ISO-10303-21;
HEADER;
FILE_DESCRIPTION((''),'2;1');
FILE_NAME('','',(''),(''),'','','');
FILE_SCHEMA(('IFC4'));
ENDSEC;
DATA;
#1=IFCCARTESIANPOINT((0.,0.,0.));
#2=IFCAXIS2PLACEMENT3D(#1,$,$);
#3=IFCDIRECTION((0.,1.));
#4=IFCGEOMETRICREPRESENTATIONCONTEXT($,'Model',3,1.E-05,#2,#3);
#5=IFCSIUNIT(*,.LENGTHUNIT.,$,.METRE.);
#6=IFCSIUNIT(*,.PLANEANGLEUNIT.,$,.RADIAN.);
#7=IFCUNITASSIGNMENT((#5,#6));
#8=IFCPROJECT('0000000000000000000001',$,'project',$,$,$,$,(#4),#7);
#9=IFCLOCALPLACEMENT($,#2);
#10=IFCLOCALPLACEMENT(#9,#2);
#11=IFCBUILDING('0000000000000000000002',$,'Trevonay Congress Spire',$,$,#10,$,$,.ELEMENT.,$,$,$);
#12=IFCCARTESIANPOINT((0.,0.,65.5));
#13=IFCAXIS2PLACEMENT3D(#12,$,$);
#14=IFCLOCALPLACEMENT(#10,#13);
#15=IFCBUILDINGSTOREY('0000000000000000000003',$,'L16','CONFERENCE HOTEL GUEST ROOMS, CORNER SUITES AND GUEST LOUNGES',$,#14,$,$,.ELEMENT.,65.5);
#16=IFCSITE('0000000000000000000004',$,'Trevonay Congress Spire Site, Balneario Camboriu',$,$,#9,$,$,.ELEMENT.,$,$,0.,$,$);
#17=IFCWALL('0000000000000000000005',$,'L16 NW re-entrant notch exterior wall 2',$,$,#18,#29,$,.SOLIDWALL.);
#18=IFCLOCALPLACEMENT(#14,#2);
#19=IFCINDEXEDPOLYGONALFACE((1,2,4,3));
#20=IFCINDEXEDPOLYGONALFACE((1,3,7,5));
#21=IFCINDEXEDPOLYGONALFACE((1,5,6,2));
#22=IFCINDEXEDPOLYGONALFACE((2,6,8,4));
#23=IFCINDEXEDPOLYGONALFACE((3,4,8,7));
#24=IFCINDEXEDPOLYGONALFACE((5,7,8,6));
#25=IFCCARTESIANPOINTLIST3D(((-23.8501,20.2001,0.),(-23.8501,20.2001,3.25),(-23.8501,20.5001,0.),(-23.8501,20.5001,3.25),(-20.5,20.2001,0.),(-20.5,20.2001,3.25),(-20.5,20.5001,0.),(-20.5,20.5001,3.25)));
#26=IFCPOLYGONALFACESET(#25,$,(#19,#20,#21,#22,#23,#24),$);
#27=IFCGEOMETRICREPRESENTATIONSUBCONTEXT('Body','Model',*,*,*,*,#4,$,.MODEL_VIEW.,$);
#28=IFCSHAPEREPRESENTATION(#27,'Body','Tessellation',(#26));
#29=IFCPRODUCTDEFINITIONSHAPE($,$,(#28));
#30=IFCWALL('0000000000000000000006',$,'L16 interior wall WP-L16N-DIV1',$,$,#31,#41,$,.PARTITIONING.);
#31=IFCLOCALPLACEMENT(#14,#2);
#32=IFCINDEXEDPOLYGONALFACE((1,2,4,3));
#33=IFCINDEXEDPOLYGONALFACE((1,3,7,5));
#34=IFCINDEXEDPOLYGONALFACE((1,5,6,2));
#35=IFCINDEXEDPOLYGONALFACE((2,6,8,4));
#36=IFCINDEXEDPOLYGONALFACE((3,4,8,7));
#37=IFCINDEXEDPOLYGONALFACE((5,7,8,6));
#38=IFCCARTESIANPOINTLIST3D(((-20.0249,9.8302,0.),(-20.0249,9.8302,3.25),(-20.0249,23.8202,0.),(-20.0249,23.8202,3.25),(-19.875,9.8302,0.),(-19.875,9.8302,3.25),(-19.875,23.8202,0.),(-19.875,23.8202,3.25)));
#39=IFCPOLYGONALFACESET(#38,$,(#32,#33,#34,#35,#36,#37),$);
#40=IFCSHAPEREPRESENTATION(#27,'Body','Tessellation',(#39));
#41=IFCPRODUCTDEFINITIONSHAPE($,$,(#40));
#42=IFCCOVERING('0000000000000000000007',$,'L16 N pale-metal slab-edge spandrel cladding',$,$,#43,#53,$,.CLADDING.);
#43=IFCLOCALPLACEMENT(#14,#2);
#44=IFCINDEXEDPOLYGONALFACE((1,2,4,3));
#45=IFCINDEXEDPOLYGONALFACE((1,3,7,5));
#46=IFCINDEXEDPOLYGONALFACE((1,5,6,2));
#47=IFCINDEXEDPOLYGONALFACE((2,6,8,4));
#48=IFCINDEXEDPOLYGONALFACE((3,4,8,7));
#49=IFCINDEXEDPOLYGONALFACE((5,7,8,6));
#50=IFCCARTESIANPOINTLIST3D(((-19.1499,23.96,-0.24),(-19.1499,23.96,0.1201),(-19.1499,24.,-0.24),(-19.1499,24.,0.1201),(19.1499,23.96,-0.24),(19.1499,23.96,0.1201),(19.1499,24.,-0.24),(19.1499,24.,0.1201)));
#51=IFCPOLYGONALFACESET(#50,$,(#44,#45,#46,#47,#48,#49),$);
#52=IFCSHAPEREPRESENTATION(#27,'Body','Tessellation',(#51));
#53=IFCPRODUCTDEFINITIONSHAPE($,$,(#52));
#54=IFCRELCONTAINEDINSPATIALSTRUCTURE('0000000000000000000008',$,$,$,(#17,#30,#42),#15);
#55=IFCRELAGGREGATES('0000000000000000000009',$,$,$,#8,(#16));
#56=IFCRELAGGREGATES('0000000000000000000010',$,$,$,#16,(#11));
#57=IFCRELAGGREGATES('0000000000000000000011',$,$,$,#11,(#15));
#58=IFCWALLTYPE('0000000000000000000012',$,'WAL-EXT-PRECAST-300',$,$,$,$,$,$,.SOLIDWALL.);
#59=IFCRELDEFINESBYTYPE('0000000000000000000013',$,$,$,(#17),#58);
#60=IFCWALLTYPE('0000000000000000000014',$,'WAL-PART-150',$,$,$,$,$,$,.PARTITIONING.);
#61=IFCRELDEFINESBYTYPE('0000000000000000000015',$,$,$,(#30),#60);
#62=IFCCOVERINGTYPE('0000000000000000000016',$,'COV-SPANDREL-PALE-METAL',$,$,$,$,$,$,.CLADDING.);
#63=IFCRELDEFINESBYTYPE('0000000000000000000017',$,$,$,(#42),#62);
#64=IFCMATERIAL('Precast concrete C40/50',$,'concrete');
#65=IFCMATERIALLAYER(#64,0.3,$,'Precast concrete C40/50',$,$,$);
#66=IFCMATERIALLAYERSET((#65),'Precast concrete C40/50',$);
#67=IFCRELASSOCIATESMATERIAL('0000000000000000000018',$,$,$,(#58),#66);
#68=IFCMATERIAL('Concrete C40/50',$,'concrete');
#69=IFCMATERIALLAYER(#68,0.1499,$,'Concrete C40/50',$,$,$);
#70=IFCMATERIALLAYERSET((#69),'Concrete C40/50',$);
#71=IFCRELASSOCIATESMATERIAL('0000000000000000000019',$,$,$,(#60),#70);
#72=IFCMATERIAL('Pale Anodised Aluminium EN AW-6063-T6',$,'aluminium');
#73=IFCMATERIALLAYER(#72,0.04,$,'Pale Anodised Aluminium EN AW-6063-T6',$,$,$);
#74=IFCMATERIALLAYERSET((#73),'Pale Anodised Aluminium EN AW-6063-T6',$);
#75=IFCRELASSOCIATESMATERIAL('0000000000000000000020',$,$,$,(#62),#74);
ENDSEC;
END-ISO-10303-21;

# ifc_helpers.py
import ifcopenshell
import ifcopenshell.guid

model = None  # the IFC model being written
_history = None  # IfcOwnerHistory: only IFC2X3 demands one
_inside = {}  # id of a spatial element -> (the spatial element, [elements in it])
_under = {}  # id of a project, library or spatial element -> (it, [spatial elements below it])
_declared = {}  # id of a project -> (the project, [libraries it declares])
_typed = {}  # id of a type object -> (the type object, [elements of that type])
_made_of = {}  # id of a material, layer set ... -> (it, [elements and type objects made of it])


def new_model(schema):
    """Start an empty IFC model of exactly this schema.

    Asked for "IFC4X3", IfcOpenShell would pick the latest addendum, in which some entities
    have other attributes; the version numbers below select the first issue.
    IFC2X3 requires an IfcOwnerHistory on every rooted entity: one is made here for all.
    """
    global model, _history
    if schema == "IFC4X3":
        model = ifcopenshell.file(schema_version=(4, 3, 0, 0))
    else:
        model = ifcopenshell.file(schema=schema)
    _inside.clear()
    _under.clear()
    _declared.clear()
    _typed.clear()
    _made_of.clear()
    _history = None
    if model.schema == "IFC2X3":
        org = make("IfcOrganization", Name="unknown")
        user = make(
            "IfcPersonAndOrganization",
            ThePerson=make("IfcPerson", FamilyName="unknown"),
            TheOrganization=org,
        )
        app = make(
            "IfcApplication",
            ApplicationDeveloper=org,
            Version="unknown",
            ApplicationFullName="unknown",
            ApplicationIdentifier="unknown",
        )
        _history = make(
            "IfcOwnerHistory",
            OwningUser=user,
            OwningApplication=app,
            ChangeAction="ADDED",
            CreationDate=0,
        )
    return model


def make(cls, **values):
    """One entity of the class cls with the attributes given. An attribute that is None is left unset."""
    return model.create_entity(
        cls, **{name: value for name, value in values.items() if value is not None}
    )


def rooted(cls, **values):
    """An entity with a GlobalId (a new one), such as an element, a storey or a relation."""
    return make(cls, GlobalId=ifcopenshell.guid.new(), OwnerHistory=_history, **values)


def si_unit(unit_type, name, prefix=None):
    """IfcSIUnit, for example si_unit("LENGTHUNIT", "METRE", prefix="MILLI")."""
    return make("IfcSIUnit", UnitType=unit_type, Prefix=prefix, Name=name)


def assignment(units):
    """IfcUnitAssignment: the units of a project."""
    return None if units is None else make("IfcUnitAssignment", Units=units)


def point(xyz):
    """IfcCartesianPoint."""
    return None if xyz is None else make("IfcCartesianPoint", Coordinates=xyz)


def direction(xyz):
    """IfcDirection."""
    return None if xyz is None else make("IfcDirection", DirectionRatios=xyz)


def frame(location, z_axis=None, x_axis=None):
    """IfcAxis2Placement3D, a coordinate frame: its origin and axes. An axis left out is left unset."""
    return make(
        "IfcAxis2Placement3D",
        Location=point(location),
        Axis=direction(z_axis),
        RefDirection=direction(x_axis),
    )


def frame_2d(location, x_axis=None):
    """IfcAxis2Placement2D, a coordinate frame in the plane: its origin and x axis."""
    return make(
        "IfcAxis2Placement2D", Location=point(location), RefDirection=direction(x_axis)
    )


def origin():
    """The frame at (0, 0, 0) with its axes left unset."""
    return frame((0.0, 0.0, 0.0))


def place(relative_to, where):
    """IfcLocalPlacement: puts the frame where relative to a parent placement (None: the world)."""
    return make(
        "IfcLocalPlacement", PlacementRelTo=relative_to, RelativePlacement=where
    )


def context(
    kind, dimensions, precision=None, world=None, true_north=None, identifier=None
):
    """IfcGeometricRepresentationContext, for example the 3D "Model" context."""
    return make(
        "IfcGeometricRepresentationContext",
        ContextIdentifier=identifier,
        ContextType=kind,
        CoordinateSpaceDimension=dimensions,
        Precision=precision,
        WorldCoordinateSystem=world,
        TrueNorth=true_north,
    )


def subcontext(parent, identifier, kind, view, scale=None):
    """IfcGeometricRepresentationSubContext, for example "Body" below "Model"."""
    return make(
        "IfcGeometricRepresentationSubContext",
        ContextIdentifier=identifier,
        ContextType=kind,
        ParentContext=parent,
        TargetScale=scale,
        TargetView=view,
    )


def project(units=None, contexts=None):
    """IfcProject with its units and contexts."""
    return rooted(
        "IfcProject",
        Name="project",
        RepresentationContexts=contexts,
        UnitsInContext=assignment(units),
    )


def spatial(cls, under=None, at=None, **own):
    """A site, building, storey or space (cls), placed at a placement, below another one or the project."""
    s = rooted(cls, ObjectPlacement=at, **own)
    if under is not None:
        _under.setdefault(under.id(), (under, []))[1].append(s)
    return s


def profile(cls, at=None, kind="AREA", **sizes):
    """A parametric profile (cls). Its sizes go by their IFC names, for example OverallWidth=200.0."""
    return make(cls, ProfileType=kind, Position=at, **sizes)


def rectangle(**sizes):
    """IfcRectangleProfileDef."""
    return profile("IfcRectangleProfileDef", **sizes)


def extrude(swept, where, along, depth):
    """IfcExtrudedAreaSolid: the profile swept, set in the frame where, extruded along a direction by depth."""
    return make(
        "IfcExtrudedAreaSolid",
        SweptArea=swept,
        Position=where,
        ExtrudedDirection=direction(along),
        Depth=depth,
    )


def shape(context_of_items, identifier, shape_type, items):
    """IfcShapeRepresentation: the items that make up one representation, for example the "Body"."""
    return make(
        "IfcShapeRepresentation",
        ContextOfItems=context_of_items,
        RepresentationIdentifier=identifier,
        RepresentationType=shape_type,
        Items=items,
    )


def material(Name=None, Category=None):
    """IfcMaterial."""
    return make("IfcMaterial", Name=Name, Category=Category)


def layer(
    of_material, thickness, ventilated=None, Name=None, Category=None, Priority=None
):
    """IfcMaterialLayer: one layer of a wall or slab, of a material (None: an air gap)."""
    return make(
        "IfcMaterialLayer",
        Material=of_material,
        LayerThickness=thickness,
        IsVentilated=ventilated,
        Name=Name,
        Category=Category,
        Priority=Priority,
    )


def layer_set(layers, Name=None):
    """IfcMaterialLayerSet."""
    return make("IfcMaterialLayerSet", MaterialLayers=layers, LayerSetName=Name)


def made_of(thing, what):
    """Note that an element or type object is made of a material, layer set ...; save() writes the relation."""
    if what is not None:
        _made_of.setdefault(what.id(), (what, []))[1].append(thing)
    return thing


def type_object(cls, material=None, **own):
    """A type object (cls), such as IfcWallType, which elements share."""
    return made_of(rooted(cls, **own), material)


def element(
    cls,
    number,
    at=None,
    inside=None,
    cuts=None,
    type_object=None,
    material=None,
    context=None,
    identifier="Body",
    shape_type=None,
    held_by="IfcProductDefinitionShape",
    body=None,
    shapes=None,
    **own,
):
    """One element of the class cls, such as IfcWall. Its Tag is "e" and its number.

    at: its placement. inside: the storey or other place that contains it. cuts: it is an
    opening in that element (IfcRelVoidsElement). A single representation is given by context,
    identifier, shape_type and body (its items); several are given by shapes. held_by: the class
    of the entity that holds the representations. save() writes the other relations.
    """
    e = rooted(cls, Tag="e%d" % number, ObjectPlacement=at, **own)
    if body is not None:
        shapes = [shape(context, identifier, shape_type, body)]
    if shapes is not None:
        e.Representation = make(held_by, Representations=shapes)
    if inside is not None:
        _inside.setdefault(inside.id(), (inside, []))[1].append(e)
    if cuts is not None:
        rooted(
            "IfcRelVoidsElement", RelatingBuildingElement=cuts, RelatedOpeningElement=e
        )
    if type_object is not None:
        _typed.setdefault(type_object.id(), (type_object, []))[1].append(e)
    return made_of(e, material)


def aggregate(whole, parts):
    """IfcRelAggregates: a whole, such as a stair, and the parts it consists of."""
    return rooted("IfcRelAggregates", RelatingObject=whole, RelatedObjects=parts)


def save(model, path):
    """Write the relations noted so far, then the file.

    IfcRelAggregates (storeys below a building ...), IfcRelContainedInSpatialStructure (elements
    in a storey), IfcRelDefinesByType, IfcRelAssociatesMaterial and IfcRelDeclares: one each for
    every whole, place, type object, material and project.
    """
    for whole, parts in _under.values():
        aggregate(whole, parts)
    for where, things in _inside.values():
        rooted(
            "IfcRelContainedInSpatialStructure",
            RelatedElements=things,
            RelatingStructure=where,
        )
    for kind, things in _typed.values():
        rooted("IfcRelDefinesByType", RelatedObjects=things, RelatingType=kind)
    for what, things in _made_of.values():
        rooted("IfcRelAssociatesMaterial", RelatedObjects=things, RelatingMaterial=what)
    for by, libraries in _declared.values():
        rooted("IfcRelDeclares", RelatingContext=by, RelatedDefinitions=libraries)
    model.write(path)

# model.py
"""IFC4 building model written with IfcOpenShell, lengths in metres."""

from ifc_helpers import new_model, si_unit, direction, frame, frame_2d, origin, place, context, subcontext, project, spatial, rectangle, extrude, material, layer, layer_set, type_object, element, save


model = new_model("IFC4")

# Units and contexts
model_context = context("Model", 3, precision=1e-05, world=origin(), true_north=direction((0.0, 1.0)))
body_context = subcontext(model_context, "Body", "Model", "MODEL_VIEW")
ifc_project = project(units=[si_unit("LENGTHUNIT", "METRE"), si_unit("PLANEANGLEUNIT", "RADIAN")], contexts=[model_context])

# Site, building, storey
site_placement = place(None, origin())
site = spatial("IfcSite", under=ifc_project, at=site_placement, Name="Trevonay Congress Spire Site, Balneario Camboriu", CompositionType="ELEMENT", RefElevation=0.0)
building_placement = place(site_placement, origin())
building = spatial("IfcBuilding", under=site, at=building_placement, Name="Trevonay Congress Spire", CompositionType="ELEMENT")
storey_placement = place(building_placement, frame((0.0, 0.0, 65.5)))
storey = spatial("IfcBuildingStorey", under=building, at=storey_placement, Name="L16", Description="CONFERENCE HOTEL GUEST ROOMS, CORNER SUITES AND GUEST LOUNGES", CompositionType="ELEMENT", Elevation=65.5)

# Shared definitions
ifc_material_1 = material(Name="Pale Anodised Aluminium EN AW-6063-T6", Category="aluminium")

# Shared definitions
ifc_material_2 = material(Name="Concrete C40/50", Category="concrete")

# Shared definitions
ifc_material_3 = material(Name="Precast concrete C40/50", Category="concrete")
ifc_layer_1 = layer(ifc_material_3, 0.3, Name="Precast concrete C40/50")
ifc_layer_set_1 = layer_set([ifc_layer_1], Name="Precast concrete C40/50")
wall_type_1 = type_object("IfcWallType", Name="WAL-EXT-PRECAST-300", PredefinedType="SOLIDWALL", material=ifc_layer_set_1)

# Walls
wall_1_placement = place(storey_placement, frame((-23.8501, 20.3501, 0.0), z_axis=(0.0, 0.0, 1.0), x_axis=(1.0, 0.0, 0.0)))
element("IfcWall", 1, at=wall_1_placement, inside=storey, type_object=wall_type_1, Name="L16 NW re-entrant notch exterior wall 2", PredefinedType="SOLIDWALL", context=body_context, shape_type="SweptSolid", body=[
    extrude(rectangle(XDim=3.3501, YDim=0.3, at=frame_2d((1.675, 0.0))), origin(), (0.0, 0.0, 1.0), 3.25),
])
ifc_layer_2 = layer(ifc_material_2, 0.1499, Name="Concrete C40/50")
ifc_layer_set_2 = layer_set([ifc_layer_2], Name="Concrete C40/50")
wall_type_2 = type_object("IfcWallType", Name="WAL-PART-150", PredefinedType="PARTITIONING", material=ifc_layer_set_2)
wall_2_placement = place(storey_placement, frame((-19.95, 9.8301, 0.0), z_axis=(0.0, 0.0, 1.0), x_axis=(0.0, 1.0, 0.0)))
element("IfcWall", 2, at=wall_2_placement, inside=storey, type_object=wall_type_2, Name="L16 interior wall WP-L16N-DIV1", PredefinedType="PARTITIONING", context=body_context, shape_type="SweptSolid", body=[
    extrude(rectangle(XDim=13.99, YDim=0.1499, at=frame_2d((6.9951, 0.0))), origin(), (0.0, 0.0, 1.0), 3.25),
])

# Covering
ifc_layer_3 = layer(ifc_material_1, 0.04, Name="Pale Anodised Aluminium EN AW-6063-T6")
ifc_layer_set_3 = layer_set([ifc_layer_3], Name="Pale Anodised Aluminium EN AW-6063-T6")
covering_type = type_object("IfcCoveringType", Name="COV-SPANDREL-PALE-METAL", PredefinedType="CLADDING", material=ifc_layer_set_3)
covering_placement = place(storey_placement, frame((-19.1499, 23.98, -0.24), z_axis=(0.0, 0.0, 1.0), x_axis=(1.0, 0.0, 0.0)))
element("IfcCovering", 3, at=covering_placement, inside=storey, type_object=covering_type, Name="L16 N pale-metal slab-edge spandrel cladding", PredefinedType="CLADDING", context=body_context, shape_type="SweptSolid", body=[
    extrude(rectangle(XDim=38.2998, YDim=0.04, at=frame_2d((19.1499, 0.0))), origin(), (0.0, 0.0, 1.0), 0.3601),
])

save(model, "model.ifc")
